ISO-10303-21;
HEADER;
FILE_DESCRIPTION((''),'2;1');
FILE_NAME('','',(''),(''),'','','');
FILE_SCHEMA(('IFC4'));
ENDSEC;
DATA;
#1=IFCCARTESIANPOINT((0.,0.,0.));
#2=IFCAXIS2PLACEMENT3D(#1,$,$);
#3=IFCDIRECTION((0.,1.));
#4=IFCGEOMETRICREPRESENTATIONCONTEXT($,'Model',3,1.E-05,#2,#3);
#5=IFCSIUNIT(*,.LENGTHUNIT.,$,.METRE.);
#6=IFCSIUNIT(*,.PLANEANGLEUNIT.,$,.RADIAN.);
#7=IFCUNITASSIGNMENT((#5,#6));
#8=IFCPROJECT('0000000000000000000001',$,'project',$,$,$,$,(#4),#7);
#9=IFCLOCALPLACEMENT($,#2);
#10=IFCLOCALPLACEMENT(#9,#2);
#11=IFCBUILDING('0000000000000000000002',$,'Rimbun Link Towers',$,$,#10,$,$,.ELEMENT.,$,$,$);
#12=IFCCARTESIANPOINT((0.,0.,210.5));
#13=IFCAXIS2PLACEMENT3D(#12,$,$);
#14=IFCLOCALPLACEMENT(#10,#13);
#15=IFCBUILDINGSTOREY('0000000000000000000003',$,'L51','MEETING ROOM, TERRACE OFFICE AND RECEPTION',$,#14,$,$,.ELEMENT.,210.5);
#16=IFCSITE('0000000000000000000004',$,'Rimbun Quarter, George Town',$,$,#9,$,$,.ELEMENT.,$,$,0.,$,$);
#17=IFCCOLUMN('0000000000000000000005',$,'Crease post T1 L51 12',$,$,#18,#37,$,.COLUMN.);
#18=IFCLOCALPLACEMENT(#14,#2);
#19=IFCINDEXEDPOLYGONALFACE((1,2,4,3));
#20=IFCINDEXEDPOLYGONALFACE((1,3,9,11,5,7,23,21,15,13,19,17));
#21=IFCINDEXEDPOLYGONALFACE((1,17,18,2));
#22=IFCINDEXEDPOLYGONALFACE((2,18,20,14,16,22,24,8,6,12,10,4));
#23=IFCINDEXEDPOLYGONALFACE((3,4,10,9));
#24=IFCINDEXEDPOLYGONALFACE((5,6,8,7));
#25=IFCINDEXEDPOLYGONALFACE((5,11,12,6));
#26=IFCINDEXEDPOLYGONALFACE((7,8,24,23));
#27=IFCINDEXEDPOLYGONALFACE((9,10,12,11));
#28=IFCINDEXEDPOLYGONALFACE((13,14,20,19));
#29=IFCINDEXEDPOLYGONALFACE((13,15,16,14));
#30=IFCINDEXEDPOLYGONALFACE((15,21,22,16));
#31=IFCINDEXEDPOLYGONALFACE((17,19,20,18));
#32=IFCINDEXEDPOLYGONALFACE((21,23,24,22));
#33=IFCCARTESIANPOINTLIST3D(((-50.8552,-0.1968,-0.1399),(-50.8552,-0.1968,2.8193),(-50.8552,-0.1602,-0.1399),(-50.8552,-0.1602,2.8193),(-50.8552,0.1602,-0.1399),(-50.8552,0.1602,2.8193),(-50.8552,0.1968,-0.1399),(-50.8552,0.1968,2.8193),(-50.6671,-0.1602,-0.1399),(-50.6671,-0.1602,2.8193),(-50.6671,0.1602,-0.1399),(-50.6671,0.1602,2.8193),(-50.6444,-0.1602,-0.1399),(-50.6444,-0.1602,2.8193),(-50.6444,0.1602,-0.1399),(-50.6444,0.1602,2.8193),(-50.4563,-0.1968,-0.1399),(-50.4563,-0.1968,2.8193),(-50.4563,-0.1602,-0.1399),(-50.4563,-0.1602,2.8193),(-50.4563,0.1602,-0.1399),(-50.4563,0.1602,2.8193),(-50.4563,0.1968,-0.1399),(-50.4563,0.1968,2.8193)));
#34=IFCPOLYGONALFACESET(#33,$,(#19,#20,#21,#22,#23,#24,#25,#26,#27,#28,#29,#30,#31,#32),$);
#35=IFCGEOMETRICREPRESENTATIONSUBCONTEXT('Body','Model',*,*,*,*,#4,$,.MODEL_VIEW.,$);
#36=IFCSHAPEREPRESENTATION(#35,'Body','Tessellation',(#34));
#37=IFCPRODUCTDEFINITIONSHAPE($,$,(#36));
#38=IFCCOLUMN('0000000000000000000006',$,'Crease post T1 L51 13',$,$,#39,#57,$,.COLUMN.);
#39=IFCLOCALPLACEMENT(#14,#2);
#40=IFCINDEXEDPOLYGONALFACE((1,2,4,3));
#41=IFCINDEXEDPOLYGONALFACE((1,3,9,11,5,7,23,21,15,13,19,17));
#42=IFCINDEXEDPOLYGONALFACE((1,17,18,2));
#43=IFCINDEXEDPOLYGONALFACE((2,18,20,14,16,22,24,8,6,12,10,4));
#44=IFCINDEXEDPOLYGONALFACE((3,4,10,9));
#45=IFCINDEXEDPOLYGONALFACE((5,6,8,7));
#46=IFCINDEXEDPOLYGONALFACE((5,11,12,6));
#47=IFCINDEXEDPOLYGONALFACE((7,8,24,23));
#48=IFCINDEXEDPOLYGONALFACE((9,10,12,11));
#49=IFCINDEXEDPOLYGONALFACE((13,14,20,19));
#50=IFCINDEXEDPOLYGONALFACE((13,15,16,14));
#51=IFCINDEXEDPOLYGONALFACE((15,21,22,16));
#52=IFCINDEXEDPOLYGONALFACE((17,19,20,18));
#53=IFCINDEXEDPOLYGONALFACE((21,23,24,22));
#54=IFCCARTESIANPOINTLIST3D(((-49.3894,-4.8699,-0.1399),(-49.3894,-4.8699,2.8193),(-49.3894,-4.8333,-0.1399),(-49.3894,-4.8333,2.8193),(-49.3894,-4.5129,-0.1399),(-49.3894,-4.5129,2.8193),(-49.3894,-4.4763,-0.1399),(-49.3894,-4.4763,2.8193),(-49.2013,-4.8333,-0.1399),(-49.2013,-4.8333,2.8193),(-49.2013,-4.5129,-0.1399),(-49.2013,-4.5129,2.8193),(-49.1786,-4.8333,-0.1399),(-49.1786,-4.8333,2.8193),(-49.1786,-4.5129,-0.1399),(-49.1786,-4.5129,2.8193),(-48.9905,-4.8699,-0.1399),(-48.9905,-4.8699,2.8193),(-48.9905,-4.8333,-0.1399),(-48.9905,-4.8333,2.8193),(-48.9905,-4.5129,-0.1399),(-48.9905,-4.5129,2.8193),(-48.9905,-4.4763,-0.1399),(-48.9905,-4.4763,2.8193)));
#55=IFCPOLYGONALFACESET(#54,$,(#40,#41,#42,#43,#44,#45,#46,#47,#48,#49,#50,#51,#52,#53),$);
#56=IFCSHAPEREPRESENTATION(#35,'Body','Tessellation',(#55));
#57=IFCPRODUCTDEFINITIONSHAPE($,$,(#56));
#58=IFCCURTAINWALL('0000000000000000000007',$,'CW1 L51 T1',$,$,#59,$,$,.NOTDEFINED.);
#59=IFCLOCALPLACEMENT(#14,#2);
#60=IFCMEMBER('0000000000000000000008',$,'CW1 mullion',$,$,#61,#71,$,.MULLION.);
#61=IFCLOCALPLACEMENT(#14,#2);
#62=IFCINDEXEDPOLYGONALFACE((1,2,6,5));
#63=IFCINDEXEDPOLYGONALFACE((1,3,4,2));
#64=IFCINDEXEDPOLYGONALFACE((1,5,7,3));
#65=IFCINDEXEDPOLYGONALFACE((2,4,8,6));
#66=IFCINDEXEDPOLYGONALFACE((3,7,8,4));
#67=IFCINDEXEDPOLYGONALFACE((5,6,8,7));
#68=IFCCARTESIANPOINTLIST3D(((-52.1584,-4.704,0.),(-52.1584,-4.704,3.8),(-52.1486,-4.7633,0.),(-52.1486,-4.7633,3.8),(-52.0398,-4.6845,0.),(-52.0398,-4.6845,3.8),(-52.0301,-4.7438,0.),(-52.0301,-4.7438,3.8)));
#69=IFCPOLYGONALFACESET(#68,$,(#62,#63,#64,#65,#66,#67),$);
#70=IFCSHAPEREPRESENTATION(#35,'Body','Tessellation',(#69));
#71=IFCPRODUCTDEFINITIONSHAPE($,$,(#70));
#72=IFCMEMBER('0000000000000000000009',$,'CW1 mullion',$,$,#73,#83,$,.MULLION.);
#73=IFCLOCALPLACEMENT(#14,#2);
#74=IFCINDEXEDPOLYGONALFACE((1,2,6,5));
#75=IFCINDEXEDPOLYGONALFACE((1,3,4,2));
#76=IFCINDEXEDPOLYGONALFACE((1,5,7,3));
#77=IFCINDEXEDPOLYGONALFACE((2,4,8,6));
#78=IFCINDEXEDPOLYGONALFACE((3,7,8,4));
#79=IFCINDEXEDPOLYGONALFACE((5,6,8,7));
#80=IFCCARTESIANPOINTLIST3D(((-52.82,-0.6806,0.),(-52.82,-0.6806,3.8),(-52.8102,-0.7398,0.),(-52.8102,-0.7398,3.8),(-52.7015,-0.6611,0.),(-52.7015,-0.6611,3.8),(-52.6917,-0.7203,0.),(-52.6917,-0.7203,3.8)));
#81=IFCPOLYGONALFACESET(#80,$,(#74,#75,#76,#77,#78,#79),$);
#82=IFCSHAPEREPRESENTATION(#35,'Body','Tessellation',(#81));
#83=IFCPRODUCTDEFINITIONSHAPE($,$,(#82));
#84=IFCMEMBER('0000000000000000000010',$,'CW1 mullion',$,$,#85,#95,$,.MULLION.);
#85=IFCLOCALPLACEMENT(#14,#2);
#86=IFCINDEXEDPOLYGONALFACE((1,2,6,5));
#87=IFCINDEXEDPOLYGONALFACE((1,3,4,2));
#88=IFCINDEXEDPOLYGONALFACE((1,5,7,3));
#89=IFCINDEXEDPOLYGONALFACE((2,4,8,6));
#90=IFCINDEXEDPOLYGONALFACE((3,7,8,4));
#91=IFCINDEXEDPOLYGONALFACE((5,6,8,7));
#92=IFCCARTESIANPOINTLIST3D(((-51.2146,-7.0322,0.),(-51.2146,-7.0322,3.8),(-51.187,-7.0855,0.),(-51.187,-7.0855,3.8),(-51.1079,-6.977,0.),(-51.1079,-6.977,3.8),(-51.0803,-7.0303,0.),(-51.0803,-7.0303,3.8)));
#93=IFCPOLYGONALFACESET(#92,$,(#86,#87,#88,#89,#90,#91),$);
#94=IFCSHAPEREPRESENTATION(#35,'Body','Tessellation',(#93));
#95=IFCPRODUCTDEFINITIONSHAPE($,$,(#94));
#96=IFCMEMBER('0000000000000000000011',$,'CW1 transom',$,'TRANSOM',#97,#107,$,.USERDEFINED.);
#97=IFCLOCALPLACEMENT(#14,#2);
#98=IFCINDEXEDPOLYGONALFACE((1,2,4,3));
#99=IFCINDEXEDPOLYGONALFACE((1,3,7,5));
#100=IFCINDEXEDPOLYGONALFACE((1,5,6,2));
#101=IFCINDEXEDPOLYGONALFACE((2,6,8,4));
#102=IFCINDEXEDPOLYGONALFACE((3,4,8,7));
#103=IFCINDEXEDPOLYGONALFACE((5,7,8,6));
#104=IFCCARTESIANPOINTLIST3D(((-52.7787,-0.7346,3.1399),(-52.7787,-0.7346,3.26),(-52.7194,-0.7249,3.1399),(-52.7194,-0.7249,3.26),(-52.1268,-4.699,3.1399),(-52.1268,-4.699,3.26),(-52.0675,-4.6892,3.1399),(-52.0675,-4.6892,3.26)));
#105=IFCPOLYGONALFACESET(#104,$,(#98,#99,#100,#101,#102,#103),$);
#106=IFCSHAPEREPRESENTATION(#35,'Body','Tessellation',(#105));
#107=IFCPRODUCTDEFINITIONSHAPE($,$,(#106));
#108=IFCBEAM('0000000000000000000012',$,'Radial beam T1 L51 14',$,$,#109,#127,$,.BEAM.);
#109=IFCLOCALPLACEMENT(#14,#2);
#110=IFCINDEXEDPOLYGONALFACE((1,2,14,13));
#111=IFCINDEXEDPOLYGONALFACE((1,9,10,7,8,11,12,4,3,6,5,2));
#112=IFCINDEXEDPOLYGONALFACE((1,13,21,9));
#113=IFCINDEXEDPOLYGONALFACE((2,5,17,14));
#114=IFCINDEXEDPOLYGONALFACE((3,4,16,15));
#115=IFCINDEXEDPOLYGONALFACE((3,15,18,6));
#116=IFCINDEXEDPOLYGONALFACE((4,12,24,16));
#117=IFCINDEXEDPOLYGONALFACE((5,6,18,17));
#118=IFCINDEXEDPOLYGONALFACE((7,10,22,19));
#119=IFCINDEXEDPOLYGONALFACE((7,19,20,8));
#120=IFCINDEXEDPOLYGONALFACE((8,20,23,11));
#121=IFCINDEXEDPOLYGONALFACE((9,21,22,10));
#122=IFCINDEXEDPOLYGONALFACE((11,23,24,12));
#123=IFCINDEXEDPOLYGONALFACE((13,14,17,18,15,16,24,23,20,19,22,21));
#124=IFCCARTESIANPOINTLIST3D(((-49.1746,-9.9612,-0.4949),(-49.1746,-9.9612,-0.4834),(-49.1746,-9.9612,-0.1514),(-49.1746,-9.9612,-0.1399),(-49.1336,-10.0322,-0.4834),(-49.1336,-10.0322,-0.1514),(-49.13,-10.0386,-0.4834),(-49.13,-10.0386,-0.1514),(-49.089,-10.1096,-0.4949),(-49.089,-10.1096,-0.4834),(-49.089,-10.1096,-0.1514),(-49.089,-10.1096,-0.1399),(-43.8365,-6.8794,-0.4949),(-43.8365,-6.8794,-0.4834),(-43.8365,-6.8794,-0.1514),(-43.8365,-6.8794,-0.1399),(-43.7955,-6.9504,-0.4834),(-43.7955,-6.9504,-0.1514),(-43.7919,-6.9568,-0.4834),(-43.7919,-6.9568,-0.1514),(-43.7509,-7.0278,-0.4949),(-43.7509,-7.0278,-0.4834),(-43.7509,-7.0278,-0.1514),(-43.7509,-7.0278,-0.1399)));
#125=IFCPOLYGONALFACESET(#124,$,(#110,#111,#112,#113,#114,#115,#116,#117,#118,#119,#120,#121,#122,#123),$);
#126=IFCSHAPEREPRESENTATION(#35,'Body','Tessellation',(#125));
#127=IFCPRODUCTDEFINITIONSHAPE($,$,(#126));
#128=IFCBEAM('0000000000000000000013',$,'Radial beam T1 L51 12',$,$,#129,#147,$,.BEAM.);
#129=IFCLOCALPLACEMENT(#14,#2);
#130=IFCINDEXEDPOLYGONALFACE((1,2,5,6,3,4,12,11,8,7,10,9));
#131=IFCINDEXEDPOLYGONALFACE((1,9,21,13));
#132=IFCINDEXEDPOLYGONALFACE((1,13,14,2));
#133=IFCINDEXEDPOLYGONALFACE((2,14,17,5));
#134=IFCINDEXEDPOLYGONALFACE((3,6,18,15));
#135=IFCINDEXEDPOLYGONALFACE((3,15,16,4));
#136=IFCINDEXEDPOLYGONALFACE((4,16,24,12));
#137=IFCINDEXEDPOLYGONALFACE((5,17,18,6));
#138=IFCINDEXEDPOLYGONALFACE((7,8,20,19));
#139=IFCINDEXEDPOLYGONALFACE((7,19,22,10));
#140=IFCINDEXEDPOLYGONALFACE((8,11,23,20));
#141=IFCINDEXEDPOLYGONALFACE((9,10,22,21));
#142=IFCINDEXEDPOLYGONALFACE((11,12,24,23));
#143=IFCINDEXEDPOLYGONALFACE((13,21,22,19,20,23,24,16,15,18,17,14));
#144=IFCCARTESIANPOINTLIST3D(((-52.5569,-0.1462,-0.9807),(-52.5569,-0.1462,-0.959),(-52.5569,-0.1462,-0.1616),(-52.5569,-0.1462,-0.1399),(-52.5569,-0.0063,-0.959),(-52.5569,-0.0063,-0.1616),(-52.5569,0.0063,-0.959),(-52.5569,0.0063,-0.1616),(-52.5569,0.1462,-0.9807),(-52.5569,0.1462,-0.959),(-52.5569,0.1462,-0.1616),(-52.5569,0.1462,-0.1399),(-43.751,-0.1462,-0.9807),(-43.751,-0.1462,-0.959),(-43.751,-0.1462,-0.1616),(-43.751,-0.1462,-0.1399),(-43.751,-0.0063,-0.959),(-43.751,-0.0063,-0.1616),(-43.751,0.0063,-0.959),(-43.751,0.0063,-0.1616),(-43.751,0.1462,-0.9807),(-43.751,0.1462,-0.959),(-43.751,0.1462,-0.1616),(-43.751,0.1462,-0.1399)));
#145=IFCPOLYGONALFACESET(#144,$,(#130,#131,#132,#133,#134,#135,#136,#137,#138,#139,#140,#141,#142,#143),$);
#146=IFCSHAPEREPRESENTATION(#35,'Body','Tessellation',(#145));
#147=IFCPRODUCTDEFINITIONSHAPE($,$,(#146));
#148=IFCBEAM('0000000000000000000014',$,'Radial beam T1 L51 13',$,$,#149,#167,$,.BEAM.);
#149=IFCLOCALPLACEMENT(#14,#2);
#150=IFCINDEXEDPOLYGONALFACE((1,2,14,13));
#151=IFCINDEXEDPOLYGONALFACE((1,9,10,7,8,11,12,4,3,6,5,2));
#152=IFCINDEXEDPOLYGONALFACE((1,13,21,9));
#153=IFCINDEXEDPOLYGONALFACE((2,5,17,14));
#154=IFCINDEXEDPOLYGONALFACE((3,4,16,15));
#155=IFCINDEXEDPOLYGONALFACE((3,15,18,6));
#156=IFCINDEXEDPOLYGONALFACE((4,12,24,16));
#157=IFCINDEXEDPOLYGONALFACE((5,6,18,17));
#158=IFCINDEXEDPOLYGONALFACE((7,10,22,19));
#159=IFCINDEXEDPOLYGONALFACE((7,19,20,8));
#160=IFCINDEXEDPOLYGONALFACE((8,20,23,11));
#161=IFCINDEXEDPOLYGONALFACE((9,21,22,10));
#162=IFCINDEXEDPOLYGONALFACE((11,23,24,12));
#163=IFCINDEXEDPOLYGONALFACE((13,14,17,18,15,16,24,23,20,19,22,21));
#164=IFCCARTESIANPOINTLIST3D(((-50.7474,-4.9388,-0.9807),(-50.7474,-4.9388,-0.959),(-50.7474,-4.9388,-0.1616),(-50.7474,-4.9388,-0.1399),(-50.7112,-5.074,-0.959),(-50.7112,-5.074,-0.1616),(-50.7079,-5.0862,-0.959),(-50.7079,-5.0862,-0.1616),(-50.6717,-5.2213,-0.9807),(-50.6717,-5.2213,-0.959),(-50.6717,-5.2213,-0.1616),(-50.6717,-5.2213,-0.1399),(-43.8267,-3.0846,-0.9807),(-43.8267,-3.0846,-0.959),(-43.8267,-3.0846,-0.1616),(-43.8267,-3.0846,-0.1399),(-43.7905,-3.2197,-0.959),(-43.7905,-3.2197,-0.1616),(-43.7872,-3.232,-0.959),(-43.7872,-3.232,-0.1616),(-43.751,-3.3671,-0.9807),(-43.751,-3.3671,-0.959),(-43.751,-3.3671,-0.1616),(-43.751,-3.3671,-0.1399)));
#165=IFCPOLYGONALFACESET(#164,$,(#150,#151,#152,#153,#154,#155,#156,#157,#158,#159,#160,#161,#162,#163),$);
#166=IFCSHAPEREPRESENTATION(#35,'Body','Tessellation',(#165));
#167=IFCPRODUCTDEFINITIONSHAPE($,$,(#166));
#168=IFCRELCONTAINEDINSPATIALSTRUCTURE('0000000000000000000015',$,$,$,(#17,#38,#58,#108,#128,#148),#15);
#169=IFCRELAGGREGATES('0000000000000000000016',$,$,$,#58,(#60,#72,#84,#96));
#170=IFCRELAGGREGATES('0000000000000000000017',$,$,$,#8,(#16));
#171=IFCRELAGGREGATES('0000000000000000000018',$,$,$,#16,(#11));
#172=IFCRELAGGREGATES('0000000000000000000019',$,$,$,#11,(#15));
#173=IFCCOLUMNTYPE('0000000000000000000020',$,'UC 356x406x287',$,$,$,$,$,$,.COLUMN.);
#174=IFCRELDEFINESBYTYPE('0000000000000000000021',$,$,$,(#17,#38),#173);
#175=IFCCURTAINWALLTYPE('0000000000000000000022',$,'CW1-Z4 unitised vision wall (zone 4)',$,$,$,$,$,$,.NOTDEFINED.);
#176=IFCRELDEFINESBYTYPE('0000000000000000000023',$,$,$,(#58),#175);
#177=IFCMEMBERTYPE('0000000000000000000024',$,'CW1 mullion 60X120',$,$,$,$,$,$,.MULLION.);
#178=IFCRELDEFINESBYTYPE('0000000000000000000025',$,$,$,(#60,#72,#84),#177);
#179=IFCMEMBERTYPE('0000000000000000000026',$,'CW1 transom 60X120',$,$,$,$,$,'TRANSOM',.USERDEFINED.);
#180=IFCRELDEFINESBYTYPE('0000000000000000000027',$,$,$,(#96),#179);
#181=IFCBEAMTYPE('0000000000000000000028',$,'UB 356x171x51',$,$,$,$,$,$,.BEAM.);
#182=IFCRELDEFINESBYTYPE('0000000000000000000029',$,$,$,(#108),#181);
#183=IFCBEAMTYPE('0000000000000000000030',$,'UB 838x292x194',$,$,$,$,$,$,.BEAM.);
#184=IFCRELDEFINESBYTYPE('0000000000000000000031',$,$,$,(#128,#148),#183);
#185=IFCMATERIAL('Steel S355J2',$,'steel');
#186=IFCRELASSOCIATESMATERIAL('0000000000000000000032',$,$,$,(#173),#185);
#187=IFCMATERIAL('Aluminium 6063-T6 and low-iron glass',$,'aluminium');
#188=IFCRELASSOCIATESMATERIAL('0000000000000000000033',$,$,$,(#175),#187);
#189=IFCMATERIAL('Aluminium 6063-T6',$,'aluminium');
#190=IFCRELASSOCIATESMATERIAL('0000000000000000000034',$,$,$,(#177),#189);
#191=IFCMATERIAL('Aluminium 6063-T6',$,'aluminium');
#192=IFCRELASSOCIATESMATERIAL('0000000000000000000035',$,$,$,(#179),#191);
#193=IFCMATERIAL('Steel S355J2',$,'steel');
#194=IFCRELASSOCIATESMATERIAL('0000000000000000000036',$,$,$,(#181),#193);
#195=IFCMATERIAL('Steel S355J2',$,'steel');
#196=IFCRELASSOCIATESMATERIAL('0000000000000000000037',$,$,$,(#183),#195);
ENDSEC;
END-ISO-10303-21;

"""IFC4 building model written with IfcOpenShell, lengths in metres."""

from ifc_helpers import new_model, si_unit, direction, frame, origin, origin_2d, place, context, subcontext, project, spatial, rectangle, i_section, extrude, material, material_profile, profile_set, type_object, element, aggregate, save


model = new_model("IFC4")

# Units and contexts
model_context = context("Model", 3, precision=1e-05, world=origin(), true_north=direction((0.0, 1.0)))
body_context = subcontext(model_context, "Body", "Model", "MODEL_VIEW")
ifc_project = project(units=[si_unit("LENGTHUNIT", "METRE"), si_unit("PLANEANGLEUNIT", "RADIAN")], contexts=[model_context])

# Site, building, storey
site_placement = place(None, origin())
site = spatial("IfcSite", under=ifc_project, at=site_placement, Name="Rimbun Quarter, George Town", CompositionType="ELEMENT", RefElevation=0.0)
building_placement = place(site_placement, origin())
building = spatial("IfcBuilding", under=site, at=building_placement, Name="Rimbun Link Towers", CompositionType="ELEMENT")
storey_placement = place(building_placement, frame((0.0, 0.0, 210.5)))
storey = spatial("IfcBuildingStorey", under=building, at=storey_placement, Name="L51", Description="MEETING ROOM, TERRACE OFFICE AND RECEPTION", CompositionType="ELEMENT", Elevation=210.5)

# Columns
ifc_material_1 = material(Name="Steel S355J2", Category="steel")
ifc_material_profile_1 = material_profile(ifc_material_1, i_section(OverallWidth=0.3989, OverallDepth=0.3936, WebThickness=0.0227, FlangeThickness=0.0366, at=origin_2d()), Name="UC 356x406x287")
ifc_profile_set_1 = profile_set([ifc_material_profile_1], Name="Steel S355J2")
column_type = type_object("IfcColumnType", Name="UC 356x406x287", PredefinedType="COLUMN", material=ifc_profile_set_1)
for number, where, z_axis, x_axis, name in (
    (1, (-50.6558, 0.0, -0.1399), (0.0, 0.0, 1.0), (1.0, 0.0, 0.0), "Crease post T1 L51 12"),
    (2, (-49.1899, -4.6731, -0.1399), (0.0, 0.0, 1.0), (1.0, 0.0, 0.0), "Crease post T1 L51 13"),
):
    element("IfcColumn", number, at=place(storey_placement, frame(where, z_axis=z_axis, x_axis=x_axis)), inside=storey, type_object=column_type, Name=name, PredefinedType="COLUMN", context=body_context, shape_type="SweptSolid", body=[
        extrude(i_section(OverallWidth=0.3989, OverallDepth=0.3936, WebThickness=0.0227, FlangeThickness=0.0366, at=origin_2d()), origin(), (0.0, 0.0, 1.0), 2.9592),
    ])

# Curtain wall, members
ifc_material_2 = material(Name="Aluminium 6063-T6 and low-iron glass", Category="aluminium")
curtain_wall_type = type_object("IfcCurtainWallType", Name="CW1-Z4 unitised vision wall (zone 4)", PredefinedType="NOTDEFINED", material=ifc_material_2)
curtain_wall_placement = place(storey_placement, origin())
curtain_wall = element("IfcCurtainWall", 3, at=curtain_wall_placement, inside=storey, type_object=curtain_wall_type, Name="CW1 L51 T1", PredefinedType="NOTDEFINED")
ifc_material_3 = material(Name="Aluminium 6063-T6", Category="aluminium")
ifc_material_profile_2 = material_profile(ifc_material_3, rectangle(XDim=0.1201, YDim=0.0601, at=origin_2d()), Name="MULLION 60X120")
ifc_profile_set_2 = profile_set([ifc_material_profile_2], Name="Aluminium 6063-T6")
member_type_1 = type_object("IfcMemberType", Name="CW1 mullion 60X120", PredefinedType="MULLION", material=ifc_profile_set_2)
member_1_placement = place(storey_placement, frame((-52.0942, -4.7239, 0.0), z_axis=(0.0, 0.0, 1.0), x_axis=(-0.986747, -0.162264, 0.0)))
member_1 = element("IfcMember", 4, at=member_1_placement, type_object=member_type_1, Name="CW1 mullion", PredefinedType="MULLION", context=body_context, shape_type="SweptSolid", body=[
    extrude(rectangle(XDim=0.1201, YDim=0.0601, at=origin_2d()), origin(), (0.0, 0.0, 1.0), 3.8),
])
member_2_placement = place(storey_placement, frame((-52.7559, -0.7004, 0.0), z_axis=(0.0, 0.0, 1.0), x_axis=(-0.986747, -0.162264, 0.0)))
member_2 = element("IfcMember", 5, at=member_2_placement, type_object=member_type_1, Name="CW1 mullion", PredefinedType="MULLION", context=body_context, shape_type="SweptSolid", body=[
    extrude(rectangle(XDim=0.1201, YDim=0.0601, at=origin_2d()), origin(), (0.0, 0.0, 1.0), 3.8),
])
member_3_placement = place(storey_placement, frame((-51.1475, -7.0312, 0.0), z_axis=(0.0, 0.0, 1.0), x_axis=(-0.88815, -0.459554, 0.0)))
member_3 = element("IfcMember", 6, at=member_3_placement, type_object=member_type_1, Name="CW1 mullion", PredefinedType="MULLION", context=body_context, shape_type="SweptSolid", body=[
    extrude(rectangle(XDim=0.1201, YDim=0.0601, at=origin_2d()), origin(), (0.0, 0.0, 1.0), 3.8),
])
ifc_material_4 = material(Name="Aluminium 6063-T6", Category="aluminium")
ifc_material_profile_3 = material_profile(ifc_material_4, rectangle(XDim=0.0601, YDim=0.1201, at=origin_2d()), Name="TRANSOM 60X120")
ifc_profile_set_3 = profile_set([ifc_material_profile_3], Name="Aluminium 6063-T6")
member_type_2 = type_object("IfcMemberType", Name="CW1 transom 60X120", ElementType="TRANSOM", PredefinedType="USERDEFINED", material=ifc_profile_set_3)
member_4_placement = place(storey_placement, frame((-52.0972, -4.6941, 3.2), z_axis=(-0.16225, 0.98675, 0.0), x_axis=(-0.98675, -0.16225, 0.0)))
member_4 = element("IfcMember", 7, at=member_4_placement, type_object=member_type_2, Name="CW1 transom", ObjectType="TRANSOM", PredefinedType="USERDEFINED", context=body_context, shape_type="SweptSolid", body=[
    extrude(rectangle(XDim=0.0601, YDim=0.1201, at=origin_2d()), origin(), (0.0, 0.0, 1.0), 4.0176),
])

# Beams
ifc_material_5 = material(Name="Steel S355J2", Category="steel")
ifc_material_profile_4 = material_profile(ifc_material_5, i_section(OverallWidth=0.1714, OverallDepth=0.355, WebThickness=0.0073, FlangeThickness=0.0115, at=origin_2d()), Name="UB 356x171x51")
ifc_profile_set_4 = profile_set([ifc_material_profile_4], Name="Steel S355J2")
beam_type_1 = type_object("IfcBeamType", Name="UB 356x171x51", PredefinedType="BEAM", material=ifc_profile_set_4)
beam_1_placement = place(storey_placement, frame((-43.7937, -6.9536, -0.3174), z_axis=(-0.866039, -0.499977, 0.0), x_axis=(0.499977, -0.866039, 0.0)))
element("IfcBeam", 8, at=beam_1_placement, inside=storey, type_object=beam_type_1, Name="Radial beam T1 L51 14", PredefinedType="BEAM", context=body_context, shape_type="SweptSolid", body=[
    extrude(i_section(OverallWidth=0.1714, OverallDepth=0.355, WebThickness=0.0073, FlangeThickness=0.0115, at=origin_2d()), origin(), (0.0, 0.0, 1.0), 6.1638),
])
ifc_material_6 = material(Name="Steel S355J2", Category="steel")
ifc_material_profile_5 = material_profile(ifc_material_6, i_section(OverallWidth=0.2925, OverallDepth=0.8408, WebThickness=0.0127, FlangeThickness=0.0217, at=origin_2d()), Name="UB 838x292x194")
ifc_profile_set_5 = profile_set([ifc_material_profile_5], Name="Steel S355J2")
beam_type_2 = type_object("IfcBeamType", Name="UB 838x292x194", PredefinedType="BEAM", material=ifc_profile_set_5)
beam_2_placement = place(storey_placement, frame((-43.751, 0.0, -0.5603), z_axis=(-1.0, 0.0, 0.0), x_axis=(0.0, -1.0, 0.0)))
element("IfcBeam", 9, at=beam_2_placement, inside=storey, type_object=beam_type_2, Name="Radial beam T1 L51 12", PredefinedType="BEAM", context=body_context, shape_type="SweptSolid", body=[
    extrude(i_section(OverallWidth=0.2925, OverallDepth=0.8408, WebThickness=0.0127, FlangeThickness=0.0217, at=origin_2d()), origin(), (0.0, 0.0, 1.0), 8.8059),
])
beam_3_placement = place(storey_placement, frame((-43.7888, -3.2258, -0.5603), z_axis=(-0.965931, -0.258801, 0.0), x_axis=(0.258801, -0.965931, 0.0)))
element("IfcBeam", 10, at=beam_3_placement, inside=storey, type_object=beam_type_2, Name="Radial beam T1 L51 13", PredefinedType="BEAM", context=body_context, shape_type="SweptSolid", body=[
    extrude(i_section(OverallWidth=0.2925, OverallDepth=0.8408, WebThickness=0.0127, FlangeThickness=0.0217, at=origin_2d()), origin(), (0.0, 0.0, 1.0), 7.1648),
])

aggregate(curtain_wall, [member_1, member_2, member_3, member_4])

save(model, "model.ifc")
